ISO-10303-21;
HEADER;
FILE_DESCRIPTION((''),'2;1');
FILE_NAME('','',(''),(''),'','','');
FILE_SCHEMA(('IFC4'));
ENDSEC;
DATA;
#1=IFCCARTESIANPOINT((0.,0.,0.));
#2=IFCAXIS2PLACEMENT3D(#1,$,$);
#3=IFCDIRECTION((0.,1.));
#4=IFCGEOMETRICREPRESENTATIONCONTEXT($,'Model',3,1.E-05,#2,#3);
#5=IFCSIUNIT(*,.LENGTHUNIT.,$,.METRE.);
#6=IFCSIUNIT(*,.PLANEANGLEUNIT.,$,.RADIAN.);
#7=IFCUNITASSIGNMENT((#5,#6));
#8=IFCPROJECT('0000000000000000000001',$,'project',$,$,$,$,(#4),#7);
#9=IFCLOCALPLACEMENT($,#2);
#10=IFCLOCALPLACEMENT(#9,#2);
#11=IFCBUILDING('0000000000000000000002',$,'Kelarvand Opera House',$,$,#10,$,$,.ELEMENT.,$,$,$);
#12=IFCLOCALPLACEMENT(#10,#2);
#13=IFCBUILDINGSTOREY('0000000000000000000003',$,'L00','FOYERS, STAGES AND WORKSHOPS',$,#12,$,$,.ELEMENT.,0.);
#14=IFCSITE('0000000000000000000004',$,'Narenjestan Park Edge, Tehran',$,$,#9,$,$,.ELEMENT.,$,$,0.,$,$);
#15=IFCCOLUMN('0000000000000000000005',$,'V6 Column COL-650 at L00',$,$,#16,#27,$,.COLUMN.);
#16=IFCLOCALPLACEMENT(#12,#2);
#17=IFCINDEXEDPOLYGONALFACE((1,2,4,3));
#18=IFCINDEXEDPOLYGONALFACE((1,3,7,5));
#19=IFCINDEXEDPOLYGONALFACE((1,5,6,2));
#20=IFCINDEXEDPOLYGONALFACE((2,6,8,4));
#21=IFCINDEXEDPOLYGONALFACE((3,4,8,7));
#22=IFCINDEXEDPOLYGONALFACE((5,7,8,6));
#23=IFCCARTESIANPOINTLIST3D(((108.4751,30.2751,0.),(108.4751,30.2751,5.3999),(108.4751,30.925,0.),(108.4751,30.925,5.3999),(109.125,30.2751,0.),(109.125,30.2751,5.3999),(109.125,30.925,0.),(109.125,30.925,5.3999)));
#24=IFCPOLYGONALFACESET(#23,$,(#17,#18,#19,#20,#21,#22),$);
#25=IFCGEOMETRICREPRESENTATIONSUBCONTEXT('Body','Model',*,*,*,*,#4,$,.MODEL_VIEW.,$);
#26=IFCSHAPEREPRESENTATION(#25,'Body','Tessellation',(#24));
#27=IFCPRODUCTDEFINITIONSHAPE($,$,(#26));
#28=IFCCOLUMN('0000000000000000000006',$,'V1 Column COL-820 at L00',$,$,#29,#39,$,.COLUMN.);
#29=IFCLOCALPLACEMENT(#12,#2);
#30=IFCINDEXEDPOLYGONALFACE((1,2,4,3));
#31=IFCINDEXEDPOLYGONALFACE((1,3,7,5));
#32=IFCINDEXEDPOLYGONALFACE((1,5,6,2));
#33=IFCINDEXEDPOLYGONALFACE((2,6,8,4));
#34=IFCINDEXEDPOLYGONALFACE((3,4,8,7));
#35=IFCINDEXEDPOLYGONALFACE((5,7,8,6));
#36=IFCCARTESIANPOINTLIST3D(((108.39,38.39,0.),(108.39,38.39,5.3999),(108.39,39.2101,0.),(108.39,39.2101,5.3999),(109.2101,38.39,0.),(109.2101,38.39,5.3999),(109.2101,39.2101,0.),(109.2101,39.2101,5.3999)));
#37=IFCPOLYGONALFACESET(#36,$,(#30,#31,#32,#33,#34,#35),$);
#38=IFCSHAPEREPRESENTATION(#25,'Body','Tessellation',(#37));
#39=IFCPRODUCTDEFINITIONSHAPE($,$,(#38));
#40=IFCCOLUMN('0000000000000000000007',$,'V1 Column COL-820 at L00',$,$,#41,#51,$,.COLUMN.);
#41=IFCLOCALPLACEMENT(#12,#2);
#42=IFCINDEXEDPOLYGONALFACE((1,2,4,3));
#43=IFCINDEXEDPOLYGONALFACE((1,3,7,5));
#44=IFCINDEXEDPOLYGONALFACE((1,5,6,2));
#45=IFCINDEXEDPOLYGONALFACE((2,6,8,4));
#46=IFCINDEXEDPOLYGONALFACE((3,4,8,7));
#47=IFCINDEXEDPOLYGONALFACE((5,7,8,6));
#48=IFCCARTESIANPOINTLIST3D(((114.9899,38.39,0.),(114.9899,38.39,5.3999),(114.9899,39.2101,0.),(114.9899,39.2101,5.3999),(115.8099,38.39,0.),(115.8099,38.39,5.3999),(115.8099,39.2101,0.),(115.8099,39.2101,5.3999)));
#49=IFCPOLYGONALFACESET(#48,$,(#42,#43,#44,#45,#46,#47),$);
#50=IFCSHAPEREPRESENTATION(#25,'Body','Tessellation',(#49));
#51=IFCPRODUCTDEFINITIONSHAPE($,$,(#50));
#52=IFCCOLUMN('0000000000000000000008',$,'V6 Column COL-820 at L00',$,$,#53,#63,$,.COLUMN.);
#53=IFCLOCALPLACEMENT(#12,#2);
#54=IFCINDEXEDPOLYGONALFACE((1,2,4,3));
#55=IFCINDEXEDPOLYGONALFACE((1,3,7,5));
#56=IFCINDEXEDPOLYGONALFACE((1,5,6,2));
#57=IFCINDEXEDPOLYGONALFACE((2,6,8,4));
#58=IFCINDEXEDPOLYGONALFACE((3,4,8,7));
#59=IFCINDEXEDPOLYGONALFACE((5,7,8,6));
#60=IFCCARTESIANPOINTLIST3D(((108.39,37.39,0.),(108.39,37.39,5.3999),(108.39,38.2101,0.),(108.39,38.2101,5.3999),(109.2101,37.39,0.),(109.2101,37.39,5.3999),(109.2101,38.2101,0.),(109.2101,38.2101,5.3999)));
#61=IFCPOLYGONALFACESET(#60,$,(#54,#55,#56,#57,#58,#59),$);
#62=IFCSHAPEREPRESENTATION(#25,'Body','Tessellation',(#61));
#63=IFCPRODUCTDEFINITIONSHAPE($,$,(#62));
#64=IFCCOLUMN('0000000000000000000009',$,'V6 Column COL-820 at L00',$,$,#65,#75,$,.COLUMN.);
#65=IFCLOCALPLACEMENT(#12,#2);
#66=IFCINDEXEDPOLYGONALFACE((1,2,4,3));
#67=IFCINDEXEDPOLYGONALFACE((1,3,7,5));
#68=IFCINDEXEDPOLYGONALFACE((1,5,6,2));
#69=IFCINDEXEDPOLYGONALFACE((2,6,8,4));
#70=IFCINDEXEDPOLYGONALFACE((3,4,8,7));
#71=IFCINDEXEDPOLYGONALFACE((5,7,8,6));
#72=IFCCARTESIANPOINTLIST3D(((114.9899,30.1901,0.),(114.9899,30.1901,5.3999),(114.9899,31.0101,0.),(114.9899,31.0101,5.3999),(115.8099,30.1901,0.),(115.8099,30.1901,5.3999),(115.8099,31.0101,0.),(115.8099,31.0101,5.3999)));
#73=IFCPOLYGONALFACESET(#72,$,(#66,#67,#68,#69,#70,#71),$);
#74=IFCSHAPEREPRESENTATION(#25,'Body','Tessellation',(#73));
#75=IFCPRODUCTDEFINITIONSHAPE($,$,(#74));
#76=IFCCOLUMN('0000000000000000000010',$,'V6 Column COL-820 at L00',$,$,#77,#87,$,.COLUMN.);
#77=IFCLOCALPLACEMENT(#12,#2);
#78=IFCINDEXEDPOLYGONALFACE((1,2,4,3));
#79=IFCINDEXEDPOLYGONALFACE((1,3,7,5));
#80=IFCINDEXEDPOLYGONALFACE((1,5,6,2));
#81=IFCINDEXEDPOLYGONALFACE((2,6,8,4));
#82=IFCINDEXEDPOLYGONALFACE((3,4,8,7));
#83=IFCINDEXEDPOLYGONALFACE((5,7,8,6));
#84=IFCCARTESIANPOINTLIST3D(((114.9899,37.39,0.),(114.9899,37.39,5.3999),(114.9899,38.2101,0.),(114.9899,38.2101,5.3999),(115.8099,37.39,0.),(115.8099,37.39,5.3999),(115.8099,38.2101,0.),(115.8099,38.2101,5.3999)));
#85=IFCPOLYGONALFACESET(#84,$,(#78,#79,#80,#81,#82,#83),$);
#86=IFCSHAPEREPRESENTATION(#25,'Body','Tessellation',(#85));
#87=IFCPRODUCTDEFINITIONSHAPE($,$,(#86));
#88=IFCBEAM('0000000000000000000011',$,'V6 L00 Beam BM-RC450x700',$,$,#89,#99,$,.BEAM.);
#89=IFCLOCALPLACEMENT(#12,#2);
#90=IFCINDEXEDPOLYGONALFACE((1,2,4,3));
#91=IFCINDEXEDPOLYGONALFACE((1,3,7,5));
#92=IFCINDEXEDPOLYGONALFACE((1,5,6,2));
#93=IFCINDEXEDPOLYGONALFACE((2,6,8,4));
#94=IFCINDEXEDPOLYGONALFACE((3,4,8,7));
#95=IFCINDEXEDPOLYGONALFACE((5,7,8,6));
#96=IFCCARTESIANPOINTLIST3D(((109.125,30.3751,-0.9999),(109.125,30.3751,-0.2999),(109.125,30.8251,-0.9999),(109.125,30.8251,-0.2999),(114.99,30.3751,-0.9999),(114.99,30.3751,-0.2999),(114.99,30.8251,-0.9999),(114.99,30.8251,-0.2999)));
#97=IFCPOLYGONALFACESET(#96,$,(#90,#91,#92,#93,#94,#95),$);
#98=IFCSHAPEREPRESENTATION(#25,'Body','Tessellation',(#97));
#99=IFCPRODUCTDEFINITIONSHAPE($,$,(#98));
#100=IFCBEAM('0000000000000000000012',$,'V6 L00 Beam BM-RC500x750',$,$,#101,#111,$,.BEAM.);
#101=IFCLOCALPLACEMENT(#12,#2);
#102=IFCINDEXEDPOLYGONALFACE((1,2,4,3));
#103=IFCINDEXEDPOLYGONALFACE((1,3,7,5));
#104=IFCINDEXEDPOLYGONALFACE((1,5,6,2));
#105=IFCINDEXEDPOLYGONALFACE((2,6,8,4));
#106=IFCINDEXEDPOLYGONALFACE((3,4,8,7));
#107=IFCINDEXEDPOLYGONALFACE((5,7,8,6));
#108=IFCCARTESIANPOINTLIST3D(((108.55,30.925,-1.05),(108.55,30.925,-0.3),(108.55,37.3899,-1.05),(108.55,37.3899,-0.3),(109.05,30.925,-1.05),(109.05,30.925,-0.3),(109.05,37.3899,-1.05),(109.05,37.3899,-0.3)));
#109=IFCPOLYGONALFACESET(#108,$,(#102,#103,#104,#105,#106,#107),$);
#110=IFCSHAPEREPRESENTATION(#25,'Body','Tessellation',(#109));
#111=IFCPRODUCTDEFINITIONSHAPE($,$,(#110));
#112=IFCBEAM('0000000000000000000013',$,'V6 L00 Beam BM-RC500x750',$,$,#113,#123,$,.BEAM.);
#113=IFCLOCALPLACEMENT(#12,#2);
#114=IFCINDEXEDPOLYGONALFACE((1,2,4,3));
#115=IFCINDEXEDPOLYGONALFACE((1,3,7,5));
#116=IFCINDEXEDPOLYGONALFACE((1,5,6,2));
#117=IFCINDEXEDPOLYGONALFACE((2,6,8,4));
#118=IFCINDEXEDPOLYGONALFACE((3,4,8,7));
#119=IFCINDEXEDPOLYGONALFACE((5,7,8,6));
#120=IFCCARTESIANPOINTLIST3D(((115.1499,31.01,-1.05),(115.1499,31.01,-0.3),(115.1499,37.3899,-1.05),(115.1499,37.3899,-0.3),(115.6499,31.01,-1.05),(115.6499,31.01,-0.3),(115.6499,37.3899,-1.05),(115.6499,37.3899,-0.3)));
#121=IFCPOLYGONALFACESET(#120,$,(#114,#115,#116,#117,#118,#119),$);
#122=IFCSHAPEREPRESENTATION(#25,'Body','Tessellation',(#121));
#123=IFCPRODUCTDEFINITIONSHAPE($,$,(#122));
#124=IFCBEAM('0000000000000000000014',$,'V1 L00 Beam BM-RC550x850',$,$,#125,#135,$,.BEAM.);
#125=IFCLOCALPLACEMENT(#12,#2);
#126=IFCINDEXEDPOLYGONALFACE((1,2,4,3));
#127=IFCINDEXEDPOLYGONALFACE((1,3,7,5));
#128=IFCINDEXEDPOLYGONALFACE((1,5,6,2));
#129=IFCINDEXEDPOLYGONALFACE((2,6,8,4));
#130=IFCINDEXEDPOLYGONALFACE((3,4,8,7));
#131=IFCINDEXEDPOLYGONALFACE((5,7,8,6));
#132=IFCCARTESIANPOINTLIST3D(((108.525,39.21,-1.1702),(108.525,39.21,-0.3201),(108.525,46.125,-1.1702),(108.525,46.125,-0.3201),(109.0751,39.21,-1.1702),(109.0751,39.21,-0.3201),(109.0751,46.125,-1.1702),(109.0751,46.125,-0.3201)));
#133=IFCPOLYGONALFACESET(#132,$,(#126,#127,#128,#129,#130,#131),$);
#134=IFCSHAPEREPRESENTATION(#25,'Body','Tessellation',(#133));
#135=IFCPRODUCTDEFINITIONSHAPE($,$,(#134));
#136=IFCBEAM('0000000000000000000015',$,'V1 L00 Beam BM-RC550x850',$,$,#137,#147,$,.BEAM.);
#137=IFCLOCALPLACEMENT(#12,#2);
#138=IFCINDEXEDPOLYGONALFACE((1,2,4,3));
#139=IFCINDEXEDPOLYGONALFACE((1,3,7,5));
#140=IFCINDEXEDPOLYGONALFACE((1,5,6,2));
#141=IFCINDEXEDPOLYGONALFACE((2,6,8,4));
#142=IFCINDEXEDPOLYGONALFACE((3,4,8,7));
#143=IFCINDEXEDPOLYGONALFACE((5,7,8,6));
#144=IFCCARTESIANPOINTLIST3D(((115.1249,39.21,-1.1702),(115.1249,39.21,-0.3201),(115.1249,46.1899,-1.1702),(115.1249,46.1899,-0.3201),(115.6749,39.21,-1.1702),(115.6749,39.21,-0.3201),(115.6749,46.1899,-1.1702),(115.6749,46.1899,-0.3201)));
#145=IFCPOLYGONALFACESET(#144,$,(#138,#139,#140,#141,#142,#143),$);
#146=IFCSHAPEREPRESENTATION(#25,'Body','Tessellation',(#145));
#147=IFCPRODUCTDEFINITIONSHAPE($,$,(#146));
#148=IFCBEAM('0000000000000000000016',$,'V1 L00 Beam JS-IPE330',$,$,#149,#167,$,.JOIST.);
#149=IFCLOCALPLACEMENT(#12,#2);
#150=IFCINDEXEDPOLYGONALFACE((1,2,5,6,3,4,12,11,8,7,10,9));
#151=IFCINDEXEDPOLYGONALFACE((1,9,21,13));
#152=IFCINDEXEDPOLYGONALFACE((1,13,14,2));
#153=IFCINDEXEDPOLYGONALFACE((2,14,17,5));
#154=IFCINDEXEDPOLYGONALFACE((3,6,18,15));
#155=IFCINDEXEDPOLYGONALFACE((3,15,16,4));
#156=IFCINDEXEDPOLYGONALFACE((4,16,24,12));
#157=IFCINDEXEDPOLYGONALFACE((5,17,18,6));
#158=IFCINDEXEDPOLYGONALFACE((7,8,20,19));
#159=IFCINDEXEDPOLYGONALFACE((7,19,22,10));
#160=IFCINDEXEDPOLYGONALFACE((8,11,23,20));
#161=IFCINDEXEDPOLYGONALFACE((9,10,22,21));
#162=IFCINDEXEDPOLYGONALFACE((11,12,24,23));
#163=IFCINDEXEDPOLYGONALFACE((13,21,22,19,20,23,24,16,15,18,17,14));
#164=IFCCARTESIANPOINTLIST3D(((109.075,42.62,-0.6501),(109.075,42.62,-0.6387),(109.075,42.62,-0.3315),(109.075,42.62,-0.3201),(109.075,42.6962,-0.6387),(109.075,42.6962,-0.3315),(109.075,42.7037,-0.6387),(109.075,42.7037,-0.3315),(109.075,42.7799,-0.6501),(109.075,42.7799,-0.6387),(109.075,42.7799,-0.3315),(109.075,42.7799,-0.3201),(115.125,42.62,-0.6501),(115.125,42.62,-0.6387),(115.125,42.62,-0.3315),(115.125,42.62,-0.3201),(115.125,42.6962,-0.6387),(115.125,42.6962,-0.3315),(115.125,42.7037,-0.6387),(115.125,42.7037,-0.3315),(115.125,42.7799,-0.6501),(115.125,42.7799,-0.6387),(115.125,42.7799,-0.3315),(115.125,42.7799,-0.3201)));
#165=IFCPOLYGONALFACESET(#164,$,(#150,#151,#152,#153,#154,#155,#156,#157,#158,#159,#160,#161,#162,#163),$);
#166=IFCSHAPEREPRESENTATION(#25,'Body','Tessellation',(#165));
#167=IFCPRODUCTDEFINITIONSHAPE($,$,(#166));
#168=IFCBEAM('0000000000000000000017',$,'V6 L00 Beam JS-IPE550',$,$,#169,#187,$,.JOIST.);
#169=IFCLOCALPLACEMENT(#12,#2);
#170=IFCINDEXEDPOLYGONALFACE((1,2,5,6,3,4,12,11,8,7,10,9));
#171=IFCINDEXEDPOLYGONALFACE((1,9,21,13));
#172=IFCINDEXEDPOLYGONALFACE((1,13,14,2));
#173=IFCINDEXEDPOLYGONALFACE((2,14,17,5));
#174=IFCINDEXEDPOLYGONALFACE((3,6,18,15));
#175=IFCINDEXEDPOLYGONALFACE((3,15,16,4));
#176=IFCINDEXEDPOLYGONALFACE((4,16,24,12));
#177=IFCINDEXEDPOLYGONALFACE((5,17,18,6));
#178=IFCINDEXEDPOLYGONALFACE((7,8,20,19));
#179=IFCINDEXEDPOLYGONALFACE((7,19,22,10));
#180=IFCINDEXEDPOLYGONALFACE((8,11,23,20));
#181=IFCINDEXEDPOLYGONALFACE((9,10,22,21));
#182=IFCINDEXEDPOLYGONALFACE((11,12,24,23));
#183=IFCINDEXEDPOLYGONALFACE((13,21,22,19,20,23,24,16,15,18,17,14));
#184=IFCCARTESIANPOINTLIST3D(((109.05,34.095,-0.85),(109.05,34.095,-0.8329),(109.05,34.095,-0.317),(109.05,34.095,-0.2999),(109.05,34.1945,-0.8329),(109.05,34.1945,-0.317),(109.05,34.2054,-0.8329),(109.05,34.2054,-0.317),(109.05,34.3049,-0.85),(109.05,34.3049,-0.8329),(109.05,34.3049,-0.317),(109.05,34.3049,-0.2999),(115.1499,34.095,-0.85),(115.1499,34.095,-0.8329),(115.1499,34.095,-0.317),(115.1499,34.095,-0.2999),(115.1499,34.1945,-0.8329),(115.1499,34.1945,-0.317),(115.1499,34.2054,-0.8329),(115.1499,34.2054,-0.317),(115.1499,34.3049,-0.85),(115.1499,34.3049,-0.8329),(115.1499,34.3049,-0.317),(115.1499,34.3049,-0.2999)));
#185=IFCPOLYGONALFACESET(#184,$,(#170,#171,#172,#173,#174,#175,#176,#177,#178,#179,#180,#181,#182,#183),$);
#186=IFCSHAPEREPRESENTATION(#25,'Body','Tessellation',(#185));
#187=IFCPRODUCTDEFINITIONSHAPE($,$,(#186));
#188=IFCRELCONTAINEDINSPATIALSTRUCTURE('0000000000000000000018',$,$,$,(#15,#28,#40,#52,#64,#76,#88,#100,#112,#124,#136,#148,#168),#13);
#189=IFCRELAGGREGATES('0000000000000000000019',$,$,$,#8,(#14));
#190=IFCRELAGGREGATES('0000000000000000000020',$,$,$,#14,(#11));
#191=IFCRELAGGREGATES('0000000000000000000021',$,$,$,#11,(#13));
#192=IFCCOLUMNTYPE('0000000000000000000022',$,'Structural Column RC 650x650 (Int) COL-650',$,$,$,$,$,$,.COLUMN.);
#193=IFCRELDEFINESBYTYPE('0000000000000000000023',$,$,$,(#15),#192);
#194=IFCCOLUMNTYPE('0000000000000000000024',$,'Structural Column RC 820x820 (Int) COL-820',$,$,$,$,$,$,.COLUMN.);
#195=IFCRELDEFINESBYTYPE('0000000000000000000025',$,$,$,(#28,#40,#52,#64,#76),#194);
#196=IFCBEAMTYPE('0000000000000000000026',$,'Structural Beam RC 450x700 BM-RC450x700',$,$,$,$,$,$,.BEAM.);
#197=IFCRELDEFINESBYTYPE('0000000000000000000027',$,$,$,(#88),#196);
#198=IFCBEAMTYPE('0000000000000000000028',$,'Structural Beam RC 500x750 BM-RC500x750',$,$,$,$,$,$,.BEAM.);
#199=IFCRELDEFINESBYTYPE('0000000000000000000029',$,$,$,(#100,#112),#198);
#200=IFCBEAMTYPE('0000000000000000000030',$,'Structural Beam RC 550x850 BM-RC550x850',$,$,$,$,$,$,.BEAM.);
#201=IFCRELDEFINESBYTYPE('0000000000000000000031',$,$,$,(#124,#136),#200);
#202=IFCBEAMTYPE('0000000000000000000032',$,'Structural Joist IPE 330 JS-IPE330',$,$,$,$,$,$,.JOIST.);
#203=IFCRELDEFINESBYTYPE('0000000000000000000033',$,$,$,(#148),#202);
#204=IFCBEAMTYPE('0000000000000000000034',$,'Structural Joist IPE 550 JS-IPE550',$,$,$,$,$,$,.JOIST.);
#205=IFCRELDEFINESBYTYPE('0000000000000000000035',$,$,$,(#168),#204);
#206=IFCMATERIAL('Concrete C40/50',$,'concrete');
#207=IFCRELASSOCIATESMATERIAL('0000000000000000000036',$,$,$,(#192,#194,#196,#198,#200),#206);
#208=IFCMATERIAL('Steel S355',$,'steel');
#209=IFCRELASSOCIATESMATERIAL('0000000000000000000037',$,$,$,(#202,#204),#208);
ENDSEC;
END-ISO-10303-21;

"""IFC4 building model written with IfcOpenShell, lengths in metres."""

from ifc_helpers import new_model, si_unit, direction, frame, origin, origin_2d, place, context, subcontext, project, spatial, rectangle, i_section, extrude, material, material_profile, profile_set, type_object, element, save


model = new_model("IFC4")

# Units and contexts
model_context = context("Model", 3, precision=1e-05, world=origin(), true_north=direction((0.0, 1.0)))
body_context = subcontext(model_context, "Body", "Model", "MODEL_VIEW")
ifc_project = project(units=[si_unit("LENGTHUNIT", "METRE"), si_unit("PLANEANGLEUNIT", "RADIAN")], contexts=[model_context])

# Site, building, storey
site_placement = place(None, origin())
site = spatial("IfcSite", under=ifc_project, at=site_placement, Name="Narenjestan Park Edge, Tehran", CompositionType="ELEMENT", RefElevation=0.0)
building_placement = place(site_placement, origin())
building = spatial("IfcBuilding", under=site, at=building_placement, Name="Kelarvand Opera House", CompositionType="ELEMENT")
storey_placement = place(building_placement, origin())
storey = spatial("IfcBuildingStorey", under=building, at=storey_placement, Name="L00", Description="FOYERS, STAGES AND WORKSHOPS", CompositionType="ELEMENT", Elevation=0.0)

# Columns
ifc_material_1 = material(Name="Concrete C40/50", Category="concrete")
ifc_material_profile_1 = material_profile(ifc_material_1, rectangle(XDim=0.6499, YDim=0.6499, at=origin_2d()), Name="RC 650x650", Category="concrete")
ifc_profile_set_1 = profile_set([ifc_material_profile_1], Name="Concrete C40/50")
column_type_1 = type_object("IfcColumnType", Name="Structural Column RC 650x650 (Int) COL-650", PredefinedType="COLUMN", material=ifc_profile_set_1)
column_placement = place(storey_placement, frame((108.8, 30.6001, 0.0), z_axis=(0.0, 0.0, 1.0), x_axis=(1.0, 0.0, 0.0)))
element("IfcColumn", 1, at=column_placement, inside=storey, type_object=column_type_1, Name="V6 Column COL-650 at L00", PredefinedType="COLUMN", context=body_context, shape_type="SweptSolid", body=[
    extrude(rectangle(XDim=0.6499, YDim=0.6499, at=origin_2d()), origin(), (0.0, 0.0, 1.0), 5.3999),
])
ifc_material_profile_2 = material_profile(ifc_material_1, rectangle(XDim=0.8201, YDim=0.8201, at=origin_2d()), Name="RC 820x820", Category="concrete")
ifc_profile_set_2 = profile_set([ifc_material_profile_2], Name="Concrete C40/50")
column_type_2 = type_object("IfcColumnType", Name="Structural Column RC 820x820 (Int) COL-820", PredefinedType="COLUMN", material=ifc_profile_set_2)
for number, where, z_axis, x_axis, name in (
    (2, (108.8, 38.8, 0.0), (0.0, 0.0, 1.0), (1.0, 0.0, 0.0), "V1 Column COL-820 at L00"),
    (3, (115.3999, 38.8, 0.0), (0.0, 0.0, 1.0), (1.0, 0.0, 0.0), "V1 Column COL-820 at L00"),
    (4, (108.8, 37.8, 0.0), (0.0, 0.0, 1.0), (1.0, 0.0, 0.0), "V6 Column COL-820 at L00"),
    (5, (115.3999, 30.6001, 0.0), (0.0, 0.0, 1.0), (1.0, 0.0, 0.0), "V6 Column COL-820 at L00"),
    (6, (115.3999, 37.8, 0.0), (0.0, 0.0, 1.0), (1.0, 0.0, 0.0), "V6 Column COL-820 at L00"),
):
    element("IfcColumn", number, at=place(storey_placement, frame(where, z_axis=z_axis, x_axis=x_axis)), inside=storey, type_object=column_type_2, Name=name, PredefinedType="COLUMN", context=body_context, shape_type="SweptSolid", body=[
        extrude(rectangle(XDim=0.8201, YDim=0.8201, at=origin_2d()), origin(), (0.0, 0.0, 1.0), 5.3999),
    ])

# Beams
ifc_material_profile_3 = material_profile(ifc_material_1, rectangle(XDim=0.45, YDim=0.7, at=origin_2d()), Name="RC 450x700", Category="concrete")
ifc_profile_set_3 = profile_set([ifc_material_profile_3], Name="Concrete C40/50")
beam_type_1 = type_object("IfcBeamType", Name="Structural Beam RC 450x700 BM-RC450x700", PredefinedType="BEAM", material=ifc_profile_set_3)
beam_1_placement = place(storey_placement, frame((109.125, 30.6001, -0.6499), z_axis=(1.0, 0.0, 0.0), x_axis=(0.0, 1.0, 0.0)))
element("IfcBeam", 7, at=beam_1_placement, inside=storey, type_object=beam_type_1, Name="V6 L00 Beam BM-RC450x700", PredefinedType="BEAM", context=body_context, shape_type="SweptSolid", body=[
    extrude(rectangle(XDim=0.45, YDim=0.7, at=origin_2d()), origin(), (0.0, 0.0, 1.0), 5.865),
])
ifc_material_profile_4 = material_profile(ifc_material_1, rectangle(XDim=0.5, YDim=0.75, at=origin_2d()), Name="RC 500x750", Category="concrete")
ifc_profile_set_4 = profile_set([ifc_material_profile_4], Name="Concrete C40/50")
beam_type_2 = type_object("IfcBeamType", Name="Structural Beam RC 500x750 BM-RC500x750", PredefinedType="BEAM", material=ifc_profile_set_4)
beam_2_placement = place(storey_placement, frame((108.8, 30.925, -0.675), z_axis=(0.0, 1.0, 0.0), x_axis=(-1.0, 0.0, 0.0)))
element("IfcBeam", 8, at=beam_2_placement, inside=storey, type_object=beam_type_2, Name="V6 L00 Beam BM-RC500x750", PredefinedType="BEAM", context=body_context, shape_type="SweptSolid", body=[
    extrude(rectangle(XDim=0.5, YDim=0.75, at=origin_2d()), origin(), (0.0, 0.0, 1.0), 6.4648),
])
beam_3_placement = place(storey_placement, frame((115.3999, 31.01, -0.675), z_axis=(0.0, 1.0, 0.0), x_axis=(-1.0, 0.0, 0.0)))
element("IfcBeam", 9, at=beam_3_placement, inside=storey, type_object=beam_type_2, Name="V6 L00 Beam BM-RC500x750", PredefinedType="BEAM", context=body_context, shape_type="SweptSolid", body=[
    extrude(rectangle(XDim=0.5, YDim=0.75, at=origin_2d()), origin(), (0.0, 0.0, 1.0), 6.3799),
])
ifc_material_profile_5 = material_profile(ifc_material_1, rectangle(XDim=0.55, YDim=0.8501, at=origin_2d()), Name="RC 550x850", Category="concrete")
ifc_profile_set_5 = profile_set([ifc_material_profile_5], Name="Concrete C40/50")
beam_type_3 = type_object("IfcBeamType", Name="Structural Beam RC 550x850 BM-RC550x850", PredefinedType="BEAM", material=ifc_profile_set_5)
beam_4_placement = place(storey_placement, frame((108.8, 39.21, -0.7451), z_axis=(0.0, 1.0, 0.0), x_axis=(-1.0, 0.0, 0.0)))
element("IfcBeam", 10, at=beam_4_placement, inside=storey, type_object=beam_type_3, Name="V1 L00 Beam BM-RC550x850", PredefinedType="BEAM", context=body_context, shape_type="SweptSolid", body=[
    extrude(rectangle(XDim=0.55, YDim=0.8501, at=origin_2d()), origin(), (0.0, 0.0, 1.0), 6.915),
])
beam_5_placement = place(storey_placement, frame((115.3999, 39.21, -0.7451), z_axis=(0.0, 1.0, 0.0), x_axis=(-1.0, 0.0, 0.0)))
element("IfcBeam", 11, at=beam_5_placement, inside=storey, type_object=beam_type_3, Name="V1 L00 Beam BM-RC550x850", PredefinedType="BEAM", context=body_context, shape_type="SweptSolid", body=[
    extrude(rectangle(XDim=0.55, YDim=0.8501, at=origin_2d()), origin(), (0.0, 0.0, 1.0), 6.98),
])
ifc_material_2 = material(Name="Steel S355", Category="steel")
ifc_material_profile_6 = material_profile(ifc_material_2, i_section(OverallWidth=0.1599, OverallDepth=0.3301, WebThickness=0.0076, FlangeThickness=0.0115, at=origin_2d()), Name="IPE 330", Category="steel")
ifc_profile_set_6 = profile_set([ifc_material_profile_6], Name="Steel S355")
beam_type_4 = type_object("IfcBeamType", Name="Structural Joist IPE 330 JS-IPE330", PredefinedType="JOIST", material=ifc_profile_set_6)
beam_6_placement = place(storey_placement, frame((109.075, 42.7, -0.4851), z_axis=(1.0, 0.0, 0.0), x_axis=(0.0, 1.0, 0.0)))
element("IfcBeam", 12, at=beam_6_placement, inside=storey, type_object=beam_type_4, Name="V1 L00 Beam JS-IPE330", PredefinedType="JOIST", context=body_context, shape_type="SweptSolid", body=[
    extrude(i_section(OverallWidth=0.1599, OverallDepth=0.3301, WebThickness=0.0076, FlangeThickness=0.0115, at=origin_2d()), origin(), (0.0, 0.0, 1.0), 6.05),
])
ifc_material_profile_7 = material_profile(ifc_material_2, i_section(OverallWidth=0.21, OverallDepth=0.55, WebThickness=0.011, FlangeThickness=0.0171, at=origin_2d()), Name="IPE 550", Category="steel")
ifc_profile_set_7 = profile_set([ifc_material_profile_7], Name="Steel S355")
beam_type_5 = type_object("IfcBeamType", Name="Structural Joist IPE 550 JS-IPE550", PredefinedType="JOIST", material=ifc_profile_set_7)
beam_7_placement = place(storey_placement, frame((109.05, 34.2, -0.575), z_axis=(1.0, 0.0, 0.0), x_axis=(0.0, 1.0, 0.0)))
element("IfcBeam", 13, at=beam_7_placement, inside=storey, type_object=beam_type_5, Name="V6 L00 Beam JS-IPE550", PredefinedType="JOIST", context=body_context, shape_type="SweptSolid", body=[
    extrude(i_section(OverallWidth=0.21, OverallDepth=0.55, WebThickness=0.011, FlangeThickness=0.0171, at=origin_2d()), origin(), (0.0, 0.0, 1.0), 6.0999),
])

save(model, "model.ifc")
